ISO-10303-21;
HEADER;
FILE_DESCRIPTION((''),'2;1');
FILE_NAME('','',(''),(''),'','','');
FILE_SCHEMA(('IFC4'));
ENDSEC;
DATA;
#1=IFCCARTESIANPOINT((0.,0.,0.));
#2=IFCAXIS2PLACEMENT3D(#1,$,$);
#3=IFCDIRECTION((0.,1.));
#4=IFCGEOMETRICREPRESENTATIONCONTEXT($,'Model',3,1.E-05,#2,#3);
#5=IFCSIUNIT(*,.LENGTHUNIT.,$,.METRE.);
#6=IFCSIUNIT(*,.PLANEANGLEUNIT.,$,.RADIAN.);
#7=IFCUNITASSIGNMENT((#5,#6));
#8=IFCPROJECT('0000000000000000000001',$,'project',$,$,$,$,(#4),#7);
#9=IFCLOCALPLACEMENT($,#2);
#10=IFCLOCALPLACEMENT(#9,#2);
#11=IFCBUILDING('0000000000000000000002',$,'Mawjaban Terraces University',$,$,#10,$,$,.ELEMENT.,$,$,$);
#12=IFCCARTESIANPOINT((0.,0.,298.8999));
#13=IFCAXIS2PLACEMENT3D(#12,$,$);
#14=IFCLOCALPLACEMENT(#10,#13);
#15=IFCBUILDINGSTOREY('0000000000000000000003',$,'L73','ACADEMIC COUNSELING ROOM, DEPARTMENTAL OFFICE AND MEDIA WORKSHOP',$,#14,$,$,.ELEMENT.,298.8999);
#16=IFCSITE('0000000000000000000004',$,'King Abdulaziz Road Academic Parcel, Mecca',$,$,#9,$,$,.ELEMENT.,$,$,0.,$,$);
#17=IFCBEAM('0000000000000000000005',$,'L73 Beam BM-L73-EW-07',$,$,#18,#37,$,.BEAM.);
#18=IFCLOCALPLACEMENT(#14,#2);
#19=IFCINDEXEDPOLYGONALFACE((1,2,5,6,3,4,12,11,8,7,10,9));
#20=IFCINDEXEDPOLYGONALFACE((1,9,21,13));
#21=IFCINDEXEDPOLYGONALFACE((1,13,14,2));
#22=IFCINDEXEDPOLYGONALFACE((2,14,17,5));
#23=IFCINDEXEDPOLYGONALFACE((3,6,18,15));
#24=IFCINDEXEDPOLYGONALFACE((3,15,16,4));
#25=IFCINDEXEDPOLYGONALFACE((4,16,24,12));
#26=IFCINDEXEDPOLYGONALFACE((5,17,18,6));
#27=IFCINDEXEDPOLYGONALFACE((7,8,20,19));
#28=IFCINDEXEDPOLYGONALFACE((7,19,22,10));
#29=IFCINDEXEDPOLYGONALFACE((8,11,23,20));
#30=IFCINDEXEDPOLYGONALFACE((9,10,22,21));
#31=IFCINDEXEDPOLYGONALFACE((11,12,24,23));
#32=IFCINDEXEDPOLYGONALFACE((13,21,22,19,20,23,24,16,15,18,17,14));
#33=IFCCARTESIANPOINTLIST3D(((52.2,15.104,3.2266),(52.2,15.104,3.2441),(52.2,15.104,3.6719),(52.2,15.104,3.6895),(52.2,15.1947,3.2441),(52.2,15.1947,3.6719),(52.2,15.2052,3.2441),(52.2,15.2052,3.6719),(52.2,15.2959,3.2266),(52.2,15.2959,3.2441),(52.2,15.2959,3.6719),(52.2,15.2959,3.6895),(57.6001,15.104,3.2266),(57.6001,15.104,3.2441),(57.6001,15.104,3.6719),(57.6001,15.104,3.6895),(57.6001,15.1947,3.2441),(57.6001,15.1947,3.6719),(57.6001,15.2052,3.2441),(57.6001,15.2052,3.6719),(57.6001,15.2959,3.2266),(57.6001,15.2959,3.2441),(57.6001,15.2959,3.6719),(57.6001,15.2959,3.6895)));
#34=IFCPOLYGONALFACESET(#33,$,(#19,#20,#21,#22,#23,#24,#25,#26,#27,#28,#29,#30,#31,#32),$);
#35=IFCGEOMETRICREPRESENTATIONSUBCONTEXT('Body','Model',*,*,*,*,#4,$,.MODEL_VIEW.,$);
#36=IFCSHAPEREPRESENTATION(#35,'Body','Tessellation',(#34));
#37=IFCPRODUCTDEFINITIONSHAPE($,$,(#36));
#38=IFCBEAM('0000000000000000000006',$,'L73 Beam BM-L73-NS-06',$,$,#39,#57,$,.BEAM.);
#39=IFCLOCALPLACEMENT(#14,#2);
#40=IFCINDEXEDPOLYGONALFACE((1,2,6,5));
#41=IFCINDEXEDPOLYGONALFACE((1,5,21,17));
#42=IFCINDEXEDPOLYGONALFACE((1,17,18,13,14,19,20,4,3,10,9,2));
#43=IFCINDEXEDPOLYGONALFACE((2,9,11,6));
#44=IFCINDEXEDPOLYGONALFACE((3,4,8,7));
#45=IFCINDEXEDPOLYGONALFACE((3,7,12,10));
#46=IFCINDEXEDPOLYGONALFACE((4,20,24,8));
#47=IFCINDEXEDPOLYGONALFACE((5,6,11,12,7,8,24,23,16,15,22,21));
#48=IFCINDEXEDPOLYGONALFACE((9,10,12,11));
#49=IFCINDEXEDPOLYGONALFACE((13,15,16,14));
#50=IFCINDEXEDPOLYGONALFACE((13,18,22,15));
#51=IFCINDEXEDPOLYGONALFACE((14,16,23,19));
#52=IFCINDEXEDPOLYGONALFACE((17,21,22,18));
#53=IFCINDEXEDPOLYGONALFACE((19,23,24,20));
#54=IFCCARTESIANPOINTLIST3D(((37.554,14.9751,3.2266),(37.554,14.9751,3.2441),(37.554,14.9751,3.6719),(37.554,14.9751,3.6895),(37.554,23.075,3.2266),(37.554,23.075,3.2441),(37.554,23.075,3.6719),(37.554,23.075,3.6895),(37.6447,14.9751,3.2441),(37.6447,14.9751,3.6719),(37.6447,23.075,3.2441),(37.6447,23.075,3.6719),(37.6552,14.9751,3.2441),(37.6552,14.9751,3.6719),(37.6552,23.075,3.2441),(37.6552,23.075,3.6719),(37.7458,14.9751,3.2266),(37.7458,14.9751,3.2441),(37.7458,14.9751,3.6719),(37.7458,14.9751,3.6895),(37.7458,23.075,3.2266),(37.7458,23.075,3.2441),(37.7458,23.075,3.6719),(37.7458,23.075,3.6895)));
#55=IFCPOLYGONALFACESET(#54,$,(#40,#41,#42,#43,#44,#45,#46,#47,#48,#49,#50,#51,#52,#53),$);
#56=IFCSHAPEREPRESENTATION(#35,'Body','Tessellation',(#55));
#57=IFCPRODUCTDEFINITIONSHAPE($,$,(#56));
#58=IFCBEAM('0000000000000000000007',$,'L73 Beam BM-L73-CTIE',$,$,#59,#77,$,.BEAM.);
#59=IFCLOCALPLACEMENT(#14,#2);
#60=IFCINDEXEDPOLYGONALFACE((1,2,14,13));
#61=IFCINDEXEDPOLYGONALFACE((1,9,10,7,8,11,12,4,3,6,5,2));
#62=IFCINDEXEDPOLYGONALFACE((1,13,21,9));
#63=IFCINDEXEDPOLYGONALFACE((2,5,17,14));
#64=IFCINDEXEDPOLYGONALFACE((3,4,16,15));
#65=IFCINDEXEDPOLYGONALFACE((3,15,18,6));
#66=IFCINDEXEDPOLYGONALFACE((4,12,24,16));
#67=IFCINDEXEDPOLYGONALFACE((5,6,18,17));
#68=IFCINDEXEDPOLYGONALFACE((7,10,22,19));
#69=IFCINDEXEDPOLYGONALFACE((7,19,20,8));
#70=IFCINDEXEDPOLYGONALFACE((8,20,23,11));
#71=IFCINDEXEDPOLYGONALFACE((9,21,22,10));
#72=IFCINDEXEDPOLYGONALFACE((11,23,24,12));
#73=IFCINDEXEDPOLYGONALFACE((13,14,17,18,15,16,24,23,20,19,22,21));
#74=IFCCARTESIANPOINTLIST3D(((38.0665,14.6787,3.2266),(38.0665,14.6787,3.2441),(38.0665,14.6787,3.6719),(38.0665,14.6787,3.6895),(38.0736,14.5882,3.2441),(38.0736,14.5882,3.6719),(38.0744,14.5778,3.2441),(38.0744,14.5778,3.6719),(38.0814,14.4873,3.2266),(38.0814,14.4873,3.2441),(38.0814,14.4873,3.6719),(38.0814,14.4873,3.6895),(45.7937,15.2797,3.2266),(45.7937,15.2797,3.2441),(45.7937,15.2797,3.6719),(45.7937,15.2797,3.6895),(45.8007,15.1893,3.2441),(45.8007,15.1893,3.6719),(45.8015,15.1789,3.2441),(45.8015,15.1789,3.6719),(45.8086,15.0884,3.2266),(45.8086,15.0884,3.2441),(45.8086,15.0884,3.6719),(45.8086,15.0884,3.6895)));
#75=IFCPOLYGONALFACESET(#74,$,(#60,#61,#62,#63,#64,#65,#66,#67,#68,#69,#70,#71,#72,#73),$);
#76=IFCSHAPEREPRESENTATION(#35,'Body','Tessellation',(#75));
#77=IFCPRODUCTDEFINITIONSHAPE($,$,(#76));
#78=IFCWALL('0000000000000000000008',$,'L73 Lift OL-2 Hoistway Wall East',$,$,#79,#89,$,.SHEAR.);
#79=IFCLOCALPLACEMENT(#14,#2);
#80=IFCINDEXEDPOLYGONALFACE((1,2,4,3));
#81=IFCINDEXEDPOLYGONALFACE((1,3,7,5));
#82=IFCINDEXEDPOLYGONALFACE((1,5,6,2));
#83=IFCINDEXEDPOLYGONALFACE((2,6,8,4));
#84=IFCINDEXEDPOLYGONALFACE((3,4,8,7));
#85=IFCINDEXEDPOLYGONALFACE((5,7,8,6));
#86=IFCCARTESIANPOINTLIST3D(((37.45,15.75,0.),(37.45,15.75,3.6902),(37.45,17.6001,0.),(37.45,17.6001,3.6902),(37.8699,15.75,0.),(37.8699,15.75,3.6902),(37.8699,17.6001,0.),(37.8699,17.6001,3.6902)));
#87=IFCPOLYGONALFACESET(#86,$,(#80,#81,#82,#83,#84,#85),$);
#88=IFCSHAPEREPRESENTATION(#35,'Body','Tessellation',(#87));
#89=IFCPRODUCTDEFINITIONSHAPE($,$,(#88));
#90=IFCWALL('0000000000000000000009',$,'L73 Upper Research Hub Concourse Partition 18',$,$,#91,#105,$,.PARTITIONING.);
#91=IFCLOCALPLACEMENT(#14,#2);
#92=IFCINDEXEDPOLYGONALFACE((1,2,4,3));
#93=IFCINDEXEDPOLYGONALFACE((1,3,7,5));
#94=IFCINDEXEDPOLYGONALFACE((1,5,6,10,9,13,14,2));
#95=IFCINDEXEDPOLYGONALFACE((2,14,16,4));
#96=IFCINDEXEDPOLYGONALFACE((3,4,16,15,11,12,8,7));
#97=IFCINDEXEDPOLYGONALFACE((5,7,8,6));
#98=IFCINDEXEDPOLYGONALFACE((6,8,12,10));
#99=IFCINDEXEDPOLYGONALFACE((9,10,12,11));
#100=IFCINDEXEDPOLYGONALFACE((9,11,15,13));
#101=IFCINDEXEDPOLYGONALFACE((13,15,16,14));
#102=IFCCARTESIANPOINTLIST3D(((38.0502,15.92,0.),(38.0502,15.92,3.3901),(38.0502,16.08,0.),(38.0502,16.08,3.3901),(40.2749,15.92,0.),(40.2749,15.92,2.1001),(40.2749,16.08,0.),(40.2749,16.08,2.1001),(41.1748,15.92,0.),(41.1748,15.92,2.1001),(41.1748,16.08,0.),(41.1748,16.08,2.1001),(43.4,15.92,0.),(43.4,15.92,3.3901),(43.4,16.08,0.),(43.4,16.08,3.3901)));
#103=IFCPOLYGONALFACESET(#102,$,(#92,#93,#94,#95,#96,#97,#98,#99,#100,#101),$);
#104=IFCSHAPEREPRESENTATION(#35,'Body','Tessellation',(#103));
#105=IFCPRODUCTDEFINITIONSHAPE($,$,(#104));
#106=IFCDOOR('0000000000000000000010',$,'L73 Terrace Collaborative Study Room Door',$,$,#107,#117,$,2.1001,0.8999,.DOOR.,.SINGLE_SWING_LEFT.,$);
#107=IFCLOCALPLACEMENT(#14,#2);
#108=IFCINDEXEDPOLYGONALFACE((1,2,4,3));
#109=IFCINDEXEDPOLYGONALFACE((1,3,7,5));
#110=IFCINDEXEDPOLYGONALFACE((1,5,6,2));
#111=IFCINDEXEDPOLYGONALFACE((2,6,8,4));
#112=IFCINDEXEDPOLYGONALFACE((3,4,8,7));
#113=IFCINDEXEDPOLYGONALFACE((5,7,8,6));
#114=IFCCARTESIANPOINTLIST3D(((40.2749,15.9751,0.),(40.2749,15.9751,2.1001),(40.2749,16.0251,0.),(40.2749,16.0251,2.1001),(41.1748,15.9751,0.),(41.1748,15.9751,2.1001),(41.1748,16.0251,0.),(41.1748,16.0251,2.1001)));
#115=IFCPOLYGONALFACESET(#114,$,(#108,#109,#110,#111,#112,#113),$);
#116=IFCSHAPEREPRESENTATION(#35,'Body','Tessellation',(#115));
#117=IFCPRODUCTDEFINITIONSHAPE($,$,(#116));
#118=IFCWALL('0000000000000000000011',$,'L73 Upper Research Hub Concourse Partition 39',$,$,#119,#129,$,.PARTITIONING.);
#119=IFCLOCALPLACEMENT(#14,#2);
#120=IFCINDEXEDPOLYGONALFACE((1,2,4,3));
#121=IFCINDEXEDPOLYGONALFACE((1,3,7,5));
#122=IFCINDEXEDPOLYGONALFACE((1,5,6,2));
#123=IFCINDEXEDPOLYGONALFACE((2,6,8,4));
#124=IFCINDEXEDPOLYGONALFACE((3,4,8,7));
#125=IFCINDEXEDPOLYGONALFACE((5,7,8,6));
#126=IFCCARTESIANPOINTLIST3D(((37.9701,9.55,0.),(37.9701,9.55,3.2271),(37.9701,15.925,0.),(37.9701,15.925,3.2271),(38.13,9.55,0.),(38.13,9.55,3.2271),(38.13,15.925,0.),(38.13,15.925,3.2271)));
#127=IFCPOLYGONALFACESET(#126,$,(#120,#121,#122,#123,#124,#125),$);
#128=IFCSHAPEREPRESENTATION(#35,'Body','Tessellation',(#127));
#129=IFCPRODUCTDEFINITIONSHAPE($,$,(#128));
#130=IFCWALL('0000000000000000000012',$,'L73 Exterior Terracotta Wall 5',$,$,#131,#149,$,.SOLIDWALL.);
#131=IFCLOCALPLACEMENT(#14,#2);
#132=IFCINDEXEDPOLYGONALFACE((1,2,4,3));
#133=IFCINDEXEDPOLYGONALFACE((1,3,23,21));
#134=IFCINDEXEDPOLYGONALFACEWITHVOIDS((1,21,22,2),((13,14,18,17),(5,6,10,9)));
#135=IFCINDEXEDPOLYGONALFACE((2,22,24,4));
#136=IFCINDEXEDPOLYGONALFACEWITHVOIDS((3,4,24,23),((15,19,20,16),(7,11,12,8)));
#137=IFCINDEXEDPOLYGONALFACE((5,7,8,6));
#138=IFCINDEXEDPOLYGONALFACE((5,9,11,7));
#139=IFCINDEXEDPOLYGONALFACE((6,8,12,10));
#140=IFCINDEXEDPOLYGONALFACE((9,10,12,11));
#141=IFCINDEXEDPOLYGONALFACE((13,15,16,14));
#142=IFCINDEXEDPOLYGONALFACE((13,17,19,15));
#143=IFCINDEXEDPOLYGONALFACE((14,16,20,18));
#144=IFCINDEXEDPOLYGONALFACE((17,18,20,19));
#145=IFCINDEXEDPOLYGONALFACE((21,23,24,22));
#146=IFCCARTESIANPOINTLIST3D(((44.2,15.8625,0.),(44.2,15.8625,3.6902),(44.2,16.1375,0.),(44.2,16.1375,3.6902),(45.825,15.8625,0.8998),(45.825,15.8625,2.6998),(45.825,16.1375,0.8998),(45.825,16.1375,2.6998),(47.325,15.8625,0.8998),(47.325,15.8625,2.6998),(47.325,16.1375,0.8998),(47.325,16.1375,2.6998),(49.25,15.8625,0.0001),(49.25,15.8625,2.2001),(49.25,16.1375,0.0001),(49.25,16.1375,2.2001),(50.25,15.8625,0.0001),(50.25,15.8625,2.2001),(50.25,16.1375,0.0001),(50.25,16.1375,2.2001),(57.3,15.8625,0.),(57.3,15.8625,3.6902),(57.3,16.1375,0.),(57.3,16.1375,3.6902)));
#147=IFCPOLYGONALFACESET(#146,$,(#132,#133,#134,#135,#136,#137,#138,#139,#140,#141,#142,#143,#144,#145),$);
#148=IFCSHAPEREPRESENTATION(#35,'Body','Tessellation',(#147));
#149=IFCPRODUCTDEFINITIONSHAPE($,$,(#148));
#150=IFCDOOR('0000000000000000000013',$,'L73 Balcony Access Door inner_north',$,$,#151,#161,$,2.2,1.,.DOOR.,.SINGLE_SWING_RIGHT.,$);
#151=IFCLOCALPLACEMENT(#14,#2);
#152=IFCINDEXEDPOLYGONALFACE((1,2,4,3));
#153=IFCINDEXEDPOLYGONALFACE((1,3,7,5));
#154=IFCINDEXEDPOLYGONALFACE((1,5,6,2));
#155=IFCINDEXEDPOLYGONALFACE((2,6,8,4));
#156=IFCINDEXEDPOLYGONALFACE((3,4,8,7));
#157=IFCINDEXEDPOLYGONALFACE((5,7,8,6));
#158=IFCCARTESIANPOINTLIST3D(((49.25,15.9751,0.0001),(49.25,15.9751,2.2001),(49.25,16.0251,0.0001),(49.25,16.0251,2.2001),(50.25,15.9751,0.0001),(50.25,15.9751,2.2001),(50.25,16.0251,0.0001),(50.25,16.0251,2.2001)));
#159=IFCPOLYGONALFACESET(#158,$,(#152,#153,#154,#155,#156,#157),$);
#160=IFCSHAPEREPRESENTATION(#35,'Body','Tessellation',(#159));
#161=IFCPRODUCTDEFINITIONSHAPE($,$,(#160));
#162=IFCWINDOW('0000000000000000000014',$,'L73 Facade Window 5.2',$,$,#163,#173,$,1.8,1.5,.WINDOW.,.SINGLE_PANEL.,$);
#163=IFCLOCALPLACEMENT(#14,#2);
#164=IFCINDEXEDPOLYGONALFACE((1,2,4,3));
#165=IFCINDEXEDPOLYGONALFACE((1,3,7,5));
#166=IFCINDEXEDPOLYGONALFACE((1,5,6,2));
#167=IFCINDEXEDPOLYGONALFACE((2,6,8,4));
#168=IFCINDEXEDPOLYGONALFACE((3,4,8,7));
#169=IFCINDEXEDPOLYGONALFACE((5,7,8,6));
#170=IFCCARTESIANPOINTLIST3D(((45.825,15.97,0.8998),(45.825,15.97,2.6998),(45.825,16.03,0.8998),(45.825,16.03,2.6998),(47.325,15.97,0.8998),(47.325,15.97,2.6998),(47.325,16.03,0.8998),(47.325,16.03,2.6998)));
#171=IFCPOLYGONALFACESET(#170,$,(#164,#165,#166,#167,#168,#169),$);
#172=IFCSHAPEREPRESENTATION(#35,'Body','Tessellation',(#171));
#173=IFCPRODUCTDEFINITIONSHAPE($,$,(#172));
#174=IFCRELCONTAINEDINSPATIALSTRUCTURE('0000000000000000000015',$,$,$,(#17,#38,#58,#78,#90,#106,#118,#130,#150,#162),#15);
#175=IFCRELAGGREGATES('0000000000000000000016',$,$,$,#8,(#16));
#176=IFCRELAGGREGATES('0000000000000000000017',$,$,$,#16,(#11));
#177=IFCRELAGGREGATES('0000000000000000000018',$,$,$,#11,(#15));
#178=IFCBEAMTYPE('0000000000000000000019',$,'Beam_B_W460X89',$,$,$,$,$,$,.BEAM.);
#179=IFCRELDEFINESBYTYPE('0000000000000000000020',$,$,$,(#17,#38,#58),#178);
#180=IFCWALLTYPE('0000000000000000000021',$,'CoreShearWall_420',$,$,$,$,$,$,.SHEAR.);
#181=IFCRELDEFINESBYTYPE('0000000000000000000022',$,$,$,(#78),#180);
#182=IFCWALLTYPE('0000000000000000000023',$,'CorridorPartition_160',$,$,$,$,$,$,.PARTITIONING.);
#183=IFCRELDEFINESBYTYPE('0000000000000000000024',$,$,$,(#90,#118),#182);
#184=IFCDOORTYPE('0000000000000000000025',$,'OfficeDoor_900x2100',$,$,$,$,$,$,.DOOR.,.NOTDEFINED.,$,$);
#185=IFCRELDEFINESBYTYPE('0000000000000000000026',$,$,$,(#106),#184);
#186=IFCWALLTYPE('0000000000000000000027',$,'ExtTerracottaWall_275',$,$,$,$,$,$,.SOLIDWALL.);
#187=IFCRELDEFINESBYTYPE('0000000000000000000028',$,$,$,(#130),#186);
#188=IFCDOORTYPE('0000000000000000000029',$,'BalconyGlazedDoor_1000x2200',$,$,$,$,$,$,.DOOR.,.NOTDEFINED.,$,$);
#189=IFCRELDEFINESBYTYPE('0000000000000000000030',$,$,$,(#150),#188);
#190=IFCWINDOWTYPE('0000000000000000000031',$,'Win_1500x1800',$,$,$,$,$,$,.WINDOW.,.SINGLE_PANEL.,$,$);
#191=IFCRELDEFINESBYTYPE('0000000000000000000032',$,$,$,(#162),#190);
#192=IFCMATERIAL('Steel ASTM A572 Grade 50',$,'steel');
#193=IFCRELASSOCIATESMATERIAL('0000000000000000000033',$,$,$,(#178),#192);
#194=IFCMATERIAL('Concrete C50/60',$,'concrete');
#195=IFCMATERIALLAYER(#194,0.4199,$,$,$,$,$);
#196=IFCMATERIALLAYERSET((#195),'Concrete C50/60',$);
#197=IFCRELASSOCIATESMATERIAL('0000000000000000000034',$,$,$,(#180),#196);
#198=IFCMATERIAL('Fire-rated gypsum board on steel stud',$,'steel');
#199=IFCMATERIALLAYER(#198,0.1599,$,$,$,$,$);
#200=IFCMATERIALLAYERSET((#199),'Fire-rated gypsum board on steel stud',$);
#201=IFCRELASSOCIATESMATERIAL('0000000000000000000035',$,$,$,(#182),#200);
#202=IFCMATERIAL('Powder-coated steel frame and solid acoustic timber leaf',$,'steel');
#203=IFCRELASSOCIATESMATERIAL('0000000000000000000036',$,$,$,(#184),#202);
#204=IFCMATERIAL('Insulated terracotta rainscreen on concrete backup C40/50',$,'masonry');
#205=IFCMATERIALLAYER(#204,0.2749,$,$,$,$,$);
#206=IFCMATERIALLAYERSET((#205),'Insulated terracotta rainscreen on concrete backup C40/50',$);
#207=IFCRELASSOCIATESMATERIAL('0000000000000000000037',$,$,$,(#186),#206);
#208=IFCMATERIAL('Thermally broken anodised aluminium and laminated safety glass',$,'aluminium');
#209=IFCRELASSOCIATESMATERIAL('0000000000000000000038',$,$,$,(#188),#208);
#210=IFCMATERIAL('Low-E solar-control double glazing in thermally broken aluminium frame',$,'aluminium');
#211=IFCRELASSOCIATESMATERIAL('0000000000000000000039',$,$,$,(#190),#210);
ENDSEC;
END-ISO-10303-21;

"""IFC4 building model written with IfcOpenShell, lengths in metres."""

from ifc_helpers import new_model, si_unit, direction, frame, frame_2d, origin, origin_2d, place, context, subcontext, project, spatial, rectangle, i_section, extrude, material, layer, layer_set, material_profile, profile_set, type_object, element, fill, save


model = new_model("IFC4")

# Units and contexts
model_context = context("Model", 3, precision=1e-05, world=origin(), true_north=direction((0.0, 1.0)))
body_context = subcontext(model_context, "Body", "Model", "MODEL_VIEW")
ifc_project = project(units=[si_unit("LENGTHUNIT", "METRE"), si_unit("PLANEANGLEUNIT", "RADIAN")], contexts=[model_context])

# Site, building, storey
site_placement = place(None, origin())
site = spatial("IfcSite", under=ifc_project, at=site_placement, Name="King Abdulaziz Road Academic Parcel, Mecca", CompositionType="ELEMENT", RefElevation=0.0)
building_placement = place(site_placement, origin())
building = spatial("IfcBuilding", under=site, at=building_placement, Name="Mawjaban Terraces University", CompositionType="ELEMENT")
storey_placement = place(building_placement, frame((0.0, 0.0, 298.8999)))
storey = spatial("IfcBuildingStorey", under=building, at=storey_placement, Name="L73", Description="ACADEMIC COUNSELING ROOM, DEPARTMENTAL OFFICE AND MEDIA WORKSHOP", CompositionType="ELEMENT", Elevation=298.8999)

# Shared definitions
ifc_material_1 = material(Name="Concrete C50/60", Category="concrete")

# Beams
ifc_material_2 = material(Name="Steel ASTM A572 Grade 50", Category="steel")
ifc_material_profile_1 = material_profile(ifc_material_2, i_section(OverallWidth=0.1919, OverallDepth=0.4629, WebThickness=0.0105, FlangeThickness=0.0176, at=origin_2d()), Name="W460X89")
ifc_profile_set_1 = profile_set([ifc_material_profile_1], Name="Steel ASTM A572 Grade 50")
beam_type_1 = type_object("IfcBeamType", Name="Beam_B_W460X89", PredefinedType="BEAM", material=ifc_profile_set_1)
beam_1_placement = place(storey_placement, frame((52.2, 15.2, 3.458), z_axis=(1.0, 0.0, 0.0), x_axis=(0.0, 1.0, 0.0)))
element("IfcBeam", 1, at=beam_1_placement, inside=storey, type_object=beam_type_1, Name="L73 Beam BM-L73-EW-07", PredefinedType="BEAM", context=body_context, shape_type="SweptSolid", body=[
    extrude(i_section(OverallWidth=0.1919, OverallDepth=0.4629, WebThickness=0.0105, FlangeThickness=0.0176, at=origin_2d()), origin(), (0.0, 0.0, 1.0), 5.4001),
])
beam_2_placement = place(storey_placement, frame((37.6499, 14.9751, 3.458), z_axis=(0.0, 1.0, 0.0), x_axis=(-1.0, 0.0, 0.0)))
element("IfcBeam", 2, at=beam_2_placement, inside=storey, type_object=beam_type_1, Name="L73 Beam BM-L73-NS-06", PredefinedType="BEAM", context=body_context, shape_type="SweptSolid", body=[
    extrude(i_section(OverallWidth=0.1919, OverallDepth=0.4629, WebThickness=0.0105, FlangeThickness=0.0176, at=origin_2d()), origin(), (0.0, 0.0, 1.0), 8.0999),
])
beam_3_placement = place(storey_placement, frame((38.074, 14.583, 3.458), z_axis=(0.996988, 0.077554, 0.0), x_axis=(-0.077554, 0.996988, 0.0)))
element("IfcBeam", 3, at=beam_3_placement, inside=storey, type_object=beam_type_1, Name="L73 Beam BM-L73-CTIE", PredefinedType="BEAM", context=body_context, shape_type="SweptSolid", body=[
    extrude(i_section(OverallWidth=0.1919, OverallDepth=0.4629, WebThickness=0.0105, FlangeThickness=0.0176, at=origin_2d()), origin(), (0.0, 0.0, 1.0), 7.7505),
])

# Wall
ifc_layer_1 = layer(ifc_material_1, 0.4199)
ifc_layer_set_1 = layer_set([ifc_layer_1], Name="Concrete C50/60")
wall_type_1 = type_object("IfcWallType", Name="CoreShearWall_420", PredefinedType="SHEAR", material=ifc_layer_set_1)
wall_1_placement = place(storey_placement, frame((37.6599, 15.75, 0.0), z_axis=(0.0, 0.0, 1.0), x_axis=(0.0, 1.0, 0.0)))
element("IfcWall", 4, at=wall_1_placement, inside=storey, type_object=wall_type_1, Name="L73 Lift OL-2 Hoistway Wall East", PredefinedType="SHEAR", context=body_context, shape_type="SweptSolid", body=[
    extrude(rectangle(XDim=1.8501, YDim=0.4199, at=frame_2d((0.925, 0.0))), origin(), (0.0, 0.0, 1.0), 3.6902),
])

# Wall, opening, door
ifc_material_3 = material(Name="Fire-rated gypsum board on steel stud", Category="steel")
ifc_layer_2 = layer(ifc_material_3, 0.1599)
ifc_layer_set_2 = layer_set([ifc_layer_2], Name="Fire-rated gypsum board on steel stud")
wall_type_2 = type_object("IfcWallType", Name="CorridorPartition_160", PredefinedType="PARTITIONING", material=ifc_layer_set_2)
wall_2_placement = place(storey_placement, frame((43.3999, 16.0, 0.0), z_axis=(0.0, 0.0, 1.0), x_axis=(-1.0, 0.0, 0.0)))
wall_2 = element("IfcWall", 5, at=wall_2_placement, inside=storey, type_object=wall_type_2, Name="L73 Upper Research Hub Concourse Partition 18", PredefinedType="PARTITIONING", context=body_context, shape_type="SweptSolid", body=[
    extrude(rectangle(XDim=5.3499, YDim=0.1599, at=frame_2d((2.6748, 0.0))), origin(), (0.0, 0.0, 1.0), 3.3901),
])
opening_1_placement = place(wall_2_placement, frame((2.2251, 0.0, 0.0)))
opening_1 = element("IfcOpeningElement", 6, at=opening_1_placement, cuts=wall_2, PredefinedType="OPENING", context=body_context, shape_type="SweptSolid", body=[
    extrude(rectangle(XDim=0.8999, YDim=2.1001, at=frame_2d((0.45, 1.05))), frame((0.0, 0.0898, 0.0), z_axis=(0.0, -1.0, 0.0), x_axis=(1.0, 0.0, 0.0)), (0.0, 0.0, 1.0), 0.1799),
])
ifc_material_4 = material(Name="Powder-coated steel frame and solid acoustic timber leaf", Category="steel")
door_type_1 = type_object("IfcDoorType", Name="OfficeDoor_900x2100", OperationType="NOTDEFINED", PredefinedType="DOOR", material=ifc_material_4)
door_1_placement = place(opening_1_placement, origin())
door_1 = element("IfcDoor", 7, at=door_1_placement, inside=storey, type_object=door_type_1, Name="L73 Terrace Collaborative Study Room Door", OperationType="SINGLE_SWING_LEFT", OverallHeight=2.1001, OverallWidth=0.8999, PredefinedType="DOOR", context=body_context, shape_type="SweptSolid", body=[
    extrude(rectangle(XDim=0.8999, YDim=2.1001, at=frame_2d((0.45, 1.05))), frame((0.0, 0.0249, 0.0), z_axis=(0.0, -1.0, 0.0), x_axis=(1.0, 0.0, 0.0)), (0.0, 0.0, 1.0), 0.05),
])
fill(opening_1, door_1)

# Wall
wall_3_placement = place(storey_placement, frame((38.05, 15.925, 0.0), z_axis=(0.0, 0.0, 1.0), x_axis=(0.0, -1.0, 0.0)))
element("IfcWall", 8, at=wall_3_placement, inside=storey, type_object=wall_type_2, Name="L73 Upper Research Hub Concourse Partition 39", PredefinedType="PARTITIONING", context=body_context, shape_type="SweptSolid", body=[
    extrude(rectangle(XDim=6.375, YDim=0.1599, at=frame_2d((3.1875, 0.0))), origin(), (0.0, 0.0, 1.0), 3.2271),
])

# Wall, openings, door, window
ifc_material_5 = material(Name="Insulated terracotta rainscreen on concrete backup C40/50", Category="masonry")
ifc_layer_3 = layer(ifc_material_5, 0.2749)
ifc_layer_set_3 = layer_set([ifc_layer_3], Name="Insulated terracotta rainscreen on concrete backup C40/50")
wall_type_3 = type_object("IfcWallType", Name="ExtTerracottaWall_275", PredefinedType="SOLIDWALL", material=ifc_layer_set_3)
wall_4_placement = place(storey_placement, frame((57.3, 16.0, 0.0), z_axis=(0.0, 0.0, 1.0), x_axis=(-1.0, 0.0, 0.0)))
wall_4 = element("IfcWall", 9, at=wall_4_placement, inside=storey, type_object=wall_type_3, Name="L73 Exterior Terracotta Wall 5", PredefinedType="SOLIDWALL", context=body_context, shape_type="SweptSolid", body=[
    extrude(rectangle(XDim=13.1001, YDim=0.2749, at=frame_2d((6.55, 0.0))), origin(), (0.0, 0.0, 1.0), 3.6902),
])
opening_2_placement = place(wall_4_placement, frame((7.05, 0.0, 0.0)))
opening_2 = element("IfcOpeningElement", 10, at=opening_2_placement, cuts=wall_4, PredefinedType="OPENING", context=body_context, shape_type="SweptSolid", body=[
    extrude(rectangle(XDim=1.0, YDim=2.2, at=frame_2d((0.5, 1.1001))), frame((0.0, 0.1475, 0.0), z_axis=(0.0, -1.0, 0.0), x_axis=(1.0, 0.0, 0.0)), (0.0, 0.0, 1.0), 0.2949),
])
opening_3_placement = place(wall_4_placement, frame((9.9751, 0.0, 0.8999)))
opening_3 = element("IfcOpeningElement", 11, at=opening_3_placement, cuts=wall_4, PredefinedType="OPENING", context=body_context, shape_type="SweptSolid", body=[
    extrude(rectangle(XDim=1.5, YDim=1.8, at=frame_2d((0.75, 0.8999))), frame((0.0, 0.1475, 0.0), z_axis=(0.0, -1.0, 0.0), x_axis=(1.0, 0.0, 0.0)), (0.0, 0.0, 1.0), 0.2949),
])
ifc_material_6 = material(Name="Thermally broken anodised aluminium and laminated safety glass", Category="aluminium")
door_type_2 = type_object("IfcDoorType", Name="BalconyGlazedDoor_1000x2200", OperationType="NOTDEFINED", PredefinedType="DOOR", material=ifc_material_6)
door_2_placement = place(opening_2_placement, origin())
door_2 = element("IfcDoor", 12, at=door_2_placement, inside=storey, type_object=door_type_2, Name="L73 Balcony Access Door inner_north", OperationType="SINGLE_SWING_RIGHT", OverallHeight=2.2, OverallWidth=1.0, PredefinedType="DOOR", context=body_context, shape_type="SweptSolid", body=[
    extrude(rectangle(XDim=1.0, YDim=2.2, at=frame_2d((0.5, 1.1001))), frame((0.0, 0.0249, 0.0), z_axis=(0.0, -1.0, 0.0), x_axis=(1.0, 0.0, 0.0)), (0.0, 0.0, 1.0), 0.05),
])
fill(opening_2, door_2)
ifc_material_7 = material(Name="Low-E solar-control double glazing in thermally broken aluminium frame", Category="aluminium")
window_type = type_object("IfcWindowType", Name="Win_1500x1800", PartitioningType="SINGLE_PANEL", PredefinedType="WINDOW", material=ifc_material_7)
window_placement = place(opening_3_placement, origin())
window = element("IfcWindow", 13, at=window_placement, inside=storey, type_object=window_type, Name="L73 Facade Window 5.2", OverallHeight=1.8, OverallWidth=1.5, PartitioningType="SINGLE_PANEL", PredefinedType="WINDOW", context=body_context, shape_type="SweptSolid", body=[
    extrude(rectangle(XDim=1.5, YDim=1.8, at=frame_2d((0.75, 0.8999))), frame((0.0, 0.03, 0.0), z_axis=(0.0, -1.0, 0.0), x_axis=(1.0, 0.0, 0.0)), (0.0, 0.0, 1.0), 0.0601),
])
fill(opening_3, window)

save(model, "model.ifc")
